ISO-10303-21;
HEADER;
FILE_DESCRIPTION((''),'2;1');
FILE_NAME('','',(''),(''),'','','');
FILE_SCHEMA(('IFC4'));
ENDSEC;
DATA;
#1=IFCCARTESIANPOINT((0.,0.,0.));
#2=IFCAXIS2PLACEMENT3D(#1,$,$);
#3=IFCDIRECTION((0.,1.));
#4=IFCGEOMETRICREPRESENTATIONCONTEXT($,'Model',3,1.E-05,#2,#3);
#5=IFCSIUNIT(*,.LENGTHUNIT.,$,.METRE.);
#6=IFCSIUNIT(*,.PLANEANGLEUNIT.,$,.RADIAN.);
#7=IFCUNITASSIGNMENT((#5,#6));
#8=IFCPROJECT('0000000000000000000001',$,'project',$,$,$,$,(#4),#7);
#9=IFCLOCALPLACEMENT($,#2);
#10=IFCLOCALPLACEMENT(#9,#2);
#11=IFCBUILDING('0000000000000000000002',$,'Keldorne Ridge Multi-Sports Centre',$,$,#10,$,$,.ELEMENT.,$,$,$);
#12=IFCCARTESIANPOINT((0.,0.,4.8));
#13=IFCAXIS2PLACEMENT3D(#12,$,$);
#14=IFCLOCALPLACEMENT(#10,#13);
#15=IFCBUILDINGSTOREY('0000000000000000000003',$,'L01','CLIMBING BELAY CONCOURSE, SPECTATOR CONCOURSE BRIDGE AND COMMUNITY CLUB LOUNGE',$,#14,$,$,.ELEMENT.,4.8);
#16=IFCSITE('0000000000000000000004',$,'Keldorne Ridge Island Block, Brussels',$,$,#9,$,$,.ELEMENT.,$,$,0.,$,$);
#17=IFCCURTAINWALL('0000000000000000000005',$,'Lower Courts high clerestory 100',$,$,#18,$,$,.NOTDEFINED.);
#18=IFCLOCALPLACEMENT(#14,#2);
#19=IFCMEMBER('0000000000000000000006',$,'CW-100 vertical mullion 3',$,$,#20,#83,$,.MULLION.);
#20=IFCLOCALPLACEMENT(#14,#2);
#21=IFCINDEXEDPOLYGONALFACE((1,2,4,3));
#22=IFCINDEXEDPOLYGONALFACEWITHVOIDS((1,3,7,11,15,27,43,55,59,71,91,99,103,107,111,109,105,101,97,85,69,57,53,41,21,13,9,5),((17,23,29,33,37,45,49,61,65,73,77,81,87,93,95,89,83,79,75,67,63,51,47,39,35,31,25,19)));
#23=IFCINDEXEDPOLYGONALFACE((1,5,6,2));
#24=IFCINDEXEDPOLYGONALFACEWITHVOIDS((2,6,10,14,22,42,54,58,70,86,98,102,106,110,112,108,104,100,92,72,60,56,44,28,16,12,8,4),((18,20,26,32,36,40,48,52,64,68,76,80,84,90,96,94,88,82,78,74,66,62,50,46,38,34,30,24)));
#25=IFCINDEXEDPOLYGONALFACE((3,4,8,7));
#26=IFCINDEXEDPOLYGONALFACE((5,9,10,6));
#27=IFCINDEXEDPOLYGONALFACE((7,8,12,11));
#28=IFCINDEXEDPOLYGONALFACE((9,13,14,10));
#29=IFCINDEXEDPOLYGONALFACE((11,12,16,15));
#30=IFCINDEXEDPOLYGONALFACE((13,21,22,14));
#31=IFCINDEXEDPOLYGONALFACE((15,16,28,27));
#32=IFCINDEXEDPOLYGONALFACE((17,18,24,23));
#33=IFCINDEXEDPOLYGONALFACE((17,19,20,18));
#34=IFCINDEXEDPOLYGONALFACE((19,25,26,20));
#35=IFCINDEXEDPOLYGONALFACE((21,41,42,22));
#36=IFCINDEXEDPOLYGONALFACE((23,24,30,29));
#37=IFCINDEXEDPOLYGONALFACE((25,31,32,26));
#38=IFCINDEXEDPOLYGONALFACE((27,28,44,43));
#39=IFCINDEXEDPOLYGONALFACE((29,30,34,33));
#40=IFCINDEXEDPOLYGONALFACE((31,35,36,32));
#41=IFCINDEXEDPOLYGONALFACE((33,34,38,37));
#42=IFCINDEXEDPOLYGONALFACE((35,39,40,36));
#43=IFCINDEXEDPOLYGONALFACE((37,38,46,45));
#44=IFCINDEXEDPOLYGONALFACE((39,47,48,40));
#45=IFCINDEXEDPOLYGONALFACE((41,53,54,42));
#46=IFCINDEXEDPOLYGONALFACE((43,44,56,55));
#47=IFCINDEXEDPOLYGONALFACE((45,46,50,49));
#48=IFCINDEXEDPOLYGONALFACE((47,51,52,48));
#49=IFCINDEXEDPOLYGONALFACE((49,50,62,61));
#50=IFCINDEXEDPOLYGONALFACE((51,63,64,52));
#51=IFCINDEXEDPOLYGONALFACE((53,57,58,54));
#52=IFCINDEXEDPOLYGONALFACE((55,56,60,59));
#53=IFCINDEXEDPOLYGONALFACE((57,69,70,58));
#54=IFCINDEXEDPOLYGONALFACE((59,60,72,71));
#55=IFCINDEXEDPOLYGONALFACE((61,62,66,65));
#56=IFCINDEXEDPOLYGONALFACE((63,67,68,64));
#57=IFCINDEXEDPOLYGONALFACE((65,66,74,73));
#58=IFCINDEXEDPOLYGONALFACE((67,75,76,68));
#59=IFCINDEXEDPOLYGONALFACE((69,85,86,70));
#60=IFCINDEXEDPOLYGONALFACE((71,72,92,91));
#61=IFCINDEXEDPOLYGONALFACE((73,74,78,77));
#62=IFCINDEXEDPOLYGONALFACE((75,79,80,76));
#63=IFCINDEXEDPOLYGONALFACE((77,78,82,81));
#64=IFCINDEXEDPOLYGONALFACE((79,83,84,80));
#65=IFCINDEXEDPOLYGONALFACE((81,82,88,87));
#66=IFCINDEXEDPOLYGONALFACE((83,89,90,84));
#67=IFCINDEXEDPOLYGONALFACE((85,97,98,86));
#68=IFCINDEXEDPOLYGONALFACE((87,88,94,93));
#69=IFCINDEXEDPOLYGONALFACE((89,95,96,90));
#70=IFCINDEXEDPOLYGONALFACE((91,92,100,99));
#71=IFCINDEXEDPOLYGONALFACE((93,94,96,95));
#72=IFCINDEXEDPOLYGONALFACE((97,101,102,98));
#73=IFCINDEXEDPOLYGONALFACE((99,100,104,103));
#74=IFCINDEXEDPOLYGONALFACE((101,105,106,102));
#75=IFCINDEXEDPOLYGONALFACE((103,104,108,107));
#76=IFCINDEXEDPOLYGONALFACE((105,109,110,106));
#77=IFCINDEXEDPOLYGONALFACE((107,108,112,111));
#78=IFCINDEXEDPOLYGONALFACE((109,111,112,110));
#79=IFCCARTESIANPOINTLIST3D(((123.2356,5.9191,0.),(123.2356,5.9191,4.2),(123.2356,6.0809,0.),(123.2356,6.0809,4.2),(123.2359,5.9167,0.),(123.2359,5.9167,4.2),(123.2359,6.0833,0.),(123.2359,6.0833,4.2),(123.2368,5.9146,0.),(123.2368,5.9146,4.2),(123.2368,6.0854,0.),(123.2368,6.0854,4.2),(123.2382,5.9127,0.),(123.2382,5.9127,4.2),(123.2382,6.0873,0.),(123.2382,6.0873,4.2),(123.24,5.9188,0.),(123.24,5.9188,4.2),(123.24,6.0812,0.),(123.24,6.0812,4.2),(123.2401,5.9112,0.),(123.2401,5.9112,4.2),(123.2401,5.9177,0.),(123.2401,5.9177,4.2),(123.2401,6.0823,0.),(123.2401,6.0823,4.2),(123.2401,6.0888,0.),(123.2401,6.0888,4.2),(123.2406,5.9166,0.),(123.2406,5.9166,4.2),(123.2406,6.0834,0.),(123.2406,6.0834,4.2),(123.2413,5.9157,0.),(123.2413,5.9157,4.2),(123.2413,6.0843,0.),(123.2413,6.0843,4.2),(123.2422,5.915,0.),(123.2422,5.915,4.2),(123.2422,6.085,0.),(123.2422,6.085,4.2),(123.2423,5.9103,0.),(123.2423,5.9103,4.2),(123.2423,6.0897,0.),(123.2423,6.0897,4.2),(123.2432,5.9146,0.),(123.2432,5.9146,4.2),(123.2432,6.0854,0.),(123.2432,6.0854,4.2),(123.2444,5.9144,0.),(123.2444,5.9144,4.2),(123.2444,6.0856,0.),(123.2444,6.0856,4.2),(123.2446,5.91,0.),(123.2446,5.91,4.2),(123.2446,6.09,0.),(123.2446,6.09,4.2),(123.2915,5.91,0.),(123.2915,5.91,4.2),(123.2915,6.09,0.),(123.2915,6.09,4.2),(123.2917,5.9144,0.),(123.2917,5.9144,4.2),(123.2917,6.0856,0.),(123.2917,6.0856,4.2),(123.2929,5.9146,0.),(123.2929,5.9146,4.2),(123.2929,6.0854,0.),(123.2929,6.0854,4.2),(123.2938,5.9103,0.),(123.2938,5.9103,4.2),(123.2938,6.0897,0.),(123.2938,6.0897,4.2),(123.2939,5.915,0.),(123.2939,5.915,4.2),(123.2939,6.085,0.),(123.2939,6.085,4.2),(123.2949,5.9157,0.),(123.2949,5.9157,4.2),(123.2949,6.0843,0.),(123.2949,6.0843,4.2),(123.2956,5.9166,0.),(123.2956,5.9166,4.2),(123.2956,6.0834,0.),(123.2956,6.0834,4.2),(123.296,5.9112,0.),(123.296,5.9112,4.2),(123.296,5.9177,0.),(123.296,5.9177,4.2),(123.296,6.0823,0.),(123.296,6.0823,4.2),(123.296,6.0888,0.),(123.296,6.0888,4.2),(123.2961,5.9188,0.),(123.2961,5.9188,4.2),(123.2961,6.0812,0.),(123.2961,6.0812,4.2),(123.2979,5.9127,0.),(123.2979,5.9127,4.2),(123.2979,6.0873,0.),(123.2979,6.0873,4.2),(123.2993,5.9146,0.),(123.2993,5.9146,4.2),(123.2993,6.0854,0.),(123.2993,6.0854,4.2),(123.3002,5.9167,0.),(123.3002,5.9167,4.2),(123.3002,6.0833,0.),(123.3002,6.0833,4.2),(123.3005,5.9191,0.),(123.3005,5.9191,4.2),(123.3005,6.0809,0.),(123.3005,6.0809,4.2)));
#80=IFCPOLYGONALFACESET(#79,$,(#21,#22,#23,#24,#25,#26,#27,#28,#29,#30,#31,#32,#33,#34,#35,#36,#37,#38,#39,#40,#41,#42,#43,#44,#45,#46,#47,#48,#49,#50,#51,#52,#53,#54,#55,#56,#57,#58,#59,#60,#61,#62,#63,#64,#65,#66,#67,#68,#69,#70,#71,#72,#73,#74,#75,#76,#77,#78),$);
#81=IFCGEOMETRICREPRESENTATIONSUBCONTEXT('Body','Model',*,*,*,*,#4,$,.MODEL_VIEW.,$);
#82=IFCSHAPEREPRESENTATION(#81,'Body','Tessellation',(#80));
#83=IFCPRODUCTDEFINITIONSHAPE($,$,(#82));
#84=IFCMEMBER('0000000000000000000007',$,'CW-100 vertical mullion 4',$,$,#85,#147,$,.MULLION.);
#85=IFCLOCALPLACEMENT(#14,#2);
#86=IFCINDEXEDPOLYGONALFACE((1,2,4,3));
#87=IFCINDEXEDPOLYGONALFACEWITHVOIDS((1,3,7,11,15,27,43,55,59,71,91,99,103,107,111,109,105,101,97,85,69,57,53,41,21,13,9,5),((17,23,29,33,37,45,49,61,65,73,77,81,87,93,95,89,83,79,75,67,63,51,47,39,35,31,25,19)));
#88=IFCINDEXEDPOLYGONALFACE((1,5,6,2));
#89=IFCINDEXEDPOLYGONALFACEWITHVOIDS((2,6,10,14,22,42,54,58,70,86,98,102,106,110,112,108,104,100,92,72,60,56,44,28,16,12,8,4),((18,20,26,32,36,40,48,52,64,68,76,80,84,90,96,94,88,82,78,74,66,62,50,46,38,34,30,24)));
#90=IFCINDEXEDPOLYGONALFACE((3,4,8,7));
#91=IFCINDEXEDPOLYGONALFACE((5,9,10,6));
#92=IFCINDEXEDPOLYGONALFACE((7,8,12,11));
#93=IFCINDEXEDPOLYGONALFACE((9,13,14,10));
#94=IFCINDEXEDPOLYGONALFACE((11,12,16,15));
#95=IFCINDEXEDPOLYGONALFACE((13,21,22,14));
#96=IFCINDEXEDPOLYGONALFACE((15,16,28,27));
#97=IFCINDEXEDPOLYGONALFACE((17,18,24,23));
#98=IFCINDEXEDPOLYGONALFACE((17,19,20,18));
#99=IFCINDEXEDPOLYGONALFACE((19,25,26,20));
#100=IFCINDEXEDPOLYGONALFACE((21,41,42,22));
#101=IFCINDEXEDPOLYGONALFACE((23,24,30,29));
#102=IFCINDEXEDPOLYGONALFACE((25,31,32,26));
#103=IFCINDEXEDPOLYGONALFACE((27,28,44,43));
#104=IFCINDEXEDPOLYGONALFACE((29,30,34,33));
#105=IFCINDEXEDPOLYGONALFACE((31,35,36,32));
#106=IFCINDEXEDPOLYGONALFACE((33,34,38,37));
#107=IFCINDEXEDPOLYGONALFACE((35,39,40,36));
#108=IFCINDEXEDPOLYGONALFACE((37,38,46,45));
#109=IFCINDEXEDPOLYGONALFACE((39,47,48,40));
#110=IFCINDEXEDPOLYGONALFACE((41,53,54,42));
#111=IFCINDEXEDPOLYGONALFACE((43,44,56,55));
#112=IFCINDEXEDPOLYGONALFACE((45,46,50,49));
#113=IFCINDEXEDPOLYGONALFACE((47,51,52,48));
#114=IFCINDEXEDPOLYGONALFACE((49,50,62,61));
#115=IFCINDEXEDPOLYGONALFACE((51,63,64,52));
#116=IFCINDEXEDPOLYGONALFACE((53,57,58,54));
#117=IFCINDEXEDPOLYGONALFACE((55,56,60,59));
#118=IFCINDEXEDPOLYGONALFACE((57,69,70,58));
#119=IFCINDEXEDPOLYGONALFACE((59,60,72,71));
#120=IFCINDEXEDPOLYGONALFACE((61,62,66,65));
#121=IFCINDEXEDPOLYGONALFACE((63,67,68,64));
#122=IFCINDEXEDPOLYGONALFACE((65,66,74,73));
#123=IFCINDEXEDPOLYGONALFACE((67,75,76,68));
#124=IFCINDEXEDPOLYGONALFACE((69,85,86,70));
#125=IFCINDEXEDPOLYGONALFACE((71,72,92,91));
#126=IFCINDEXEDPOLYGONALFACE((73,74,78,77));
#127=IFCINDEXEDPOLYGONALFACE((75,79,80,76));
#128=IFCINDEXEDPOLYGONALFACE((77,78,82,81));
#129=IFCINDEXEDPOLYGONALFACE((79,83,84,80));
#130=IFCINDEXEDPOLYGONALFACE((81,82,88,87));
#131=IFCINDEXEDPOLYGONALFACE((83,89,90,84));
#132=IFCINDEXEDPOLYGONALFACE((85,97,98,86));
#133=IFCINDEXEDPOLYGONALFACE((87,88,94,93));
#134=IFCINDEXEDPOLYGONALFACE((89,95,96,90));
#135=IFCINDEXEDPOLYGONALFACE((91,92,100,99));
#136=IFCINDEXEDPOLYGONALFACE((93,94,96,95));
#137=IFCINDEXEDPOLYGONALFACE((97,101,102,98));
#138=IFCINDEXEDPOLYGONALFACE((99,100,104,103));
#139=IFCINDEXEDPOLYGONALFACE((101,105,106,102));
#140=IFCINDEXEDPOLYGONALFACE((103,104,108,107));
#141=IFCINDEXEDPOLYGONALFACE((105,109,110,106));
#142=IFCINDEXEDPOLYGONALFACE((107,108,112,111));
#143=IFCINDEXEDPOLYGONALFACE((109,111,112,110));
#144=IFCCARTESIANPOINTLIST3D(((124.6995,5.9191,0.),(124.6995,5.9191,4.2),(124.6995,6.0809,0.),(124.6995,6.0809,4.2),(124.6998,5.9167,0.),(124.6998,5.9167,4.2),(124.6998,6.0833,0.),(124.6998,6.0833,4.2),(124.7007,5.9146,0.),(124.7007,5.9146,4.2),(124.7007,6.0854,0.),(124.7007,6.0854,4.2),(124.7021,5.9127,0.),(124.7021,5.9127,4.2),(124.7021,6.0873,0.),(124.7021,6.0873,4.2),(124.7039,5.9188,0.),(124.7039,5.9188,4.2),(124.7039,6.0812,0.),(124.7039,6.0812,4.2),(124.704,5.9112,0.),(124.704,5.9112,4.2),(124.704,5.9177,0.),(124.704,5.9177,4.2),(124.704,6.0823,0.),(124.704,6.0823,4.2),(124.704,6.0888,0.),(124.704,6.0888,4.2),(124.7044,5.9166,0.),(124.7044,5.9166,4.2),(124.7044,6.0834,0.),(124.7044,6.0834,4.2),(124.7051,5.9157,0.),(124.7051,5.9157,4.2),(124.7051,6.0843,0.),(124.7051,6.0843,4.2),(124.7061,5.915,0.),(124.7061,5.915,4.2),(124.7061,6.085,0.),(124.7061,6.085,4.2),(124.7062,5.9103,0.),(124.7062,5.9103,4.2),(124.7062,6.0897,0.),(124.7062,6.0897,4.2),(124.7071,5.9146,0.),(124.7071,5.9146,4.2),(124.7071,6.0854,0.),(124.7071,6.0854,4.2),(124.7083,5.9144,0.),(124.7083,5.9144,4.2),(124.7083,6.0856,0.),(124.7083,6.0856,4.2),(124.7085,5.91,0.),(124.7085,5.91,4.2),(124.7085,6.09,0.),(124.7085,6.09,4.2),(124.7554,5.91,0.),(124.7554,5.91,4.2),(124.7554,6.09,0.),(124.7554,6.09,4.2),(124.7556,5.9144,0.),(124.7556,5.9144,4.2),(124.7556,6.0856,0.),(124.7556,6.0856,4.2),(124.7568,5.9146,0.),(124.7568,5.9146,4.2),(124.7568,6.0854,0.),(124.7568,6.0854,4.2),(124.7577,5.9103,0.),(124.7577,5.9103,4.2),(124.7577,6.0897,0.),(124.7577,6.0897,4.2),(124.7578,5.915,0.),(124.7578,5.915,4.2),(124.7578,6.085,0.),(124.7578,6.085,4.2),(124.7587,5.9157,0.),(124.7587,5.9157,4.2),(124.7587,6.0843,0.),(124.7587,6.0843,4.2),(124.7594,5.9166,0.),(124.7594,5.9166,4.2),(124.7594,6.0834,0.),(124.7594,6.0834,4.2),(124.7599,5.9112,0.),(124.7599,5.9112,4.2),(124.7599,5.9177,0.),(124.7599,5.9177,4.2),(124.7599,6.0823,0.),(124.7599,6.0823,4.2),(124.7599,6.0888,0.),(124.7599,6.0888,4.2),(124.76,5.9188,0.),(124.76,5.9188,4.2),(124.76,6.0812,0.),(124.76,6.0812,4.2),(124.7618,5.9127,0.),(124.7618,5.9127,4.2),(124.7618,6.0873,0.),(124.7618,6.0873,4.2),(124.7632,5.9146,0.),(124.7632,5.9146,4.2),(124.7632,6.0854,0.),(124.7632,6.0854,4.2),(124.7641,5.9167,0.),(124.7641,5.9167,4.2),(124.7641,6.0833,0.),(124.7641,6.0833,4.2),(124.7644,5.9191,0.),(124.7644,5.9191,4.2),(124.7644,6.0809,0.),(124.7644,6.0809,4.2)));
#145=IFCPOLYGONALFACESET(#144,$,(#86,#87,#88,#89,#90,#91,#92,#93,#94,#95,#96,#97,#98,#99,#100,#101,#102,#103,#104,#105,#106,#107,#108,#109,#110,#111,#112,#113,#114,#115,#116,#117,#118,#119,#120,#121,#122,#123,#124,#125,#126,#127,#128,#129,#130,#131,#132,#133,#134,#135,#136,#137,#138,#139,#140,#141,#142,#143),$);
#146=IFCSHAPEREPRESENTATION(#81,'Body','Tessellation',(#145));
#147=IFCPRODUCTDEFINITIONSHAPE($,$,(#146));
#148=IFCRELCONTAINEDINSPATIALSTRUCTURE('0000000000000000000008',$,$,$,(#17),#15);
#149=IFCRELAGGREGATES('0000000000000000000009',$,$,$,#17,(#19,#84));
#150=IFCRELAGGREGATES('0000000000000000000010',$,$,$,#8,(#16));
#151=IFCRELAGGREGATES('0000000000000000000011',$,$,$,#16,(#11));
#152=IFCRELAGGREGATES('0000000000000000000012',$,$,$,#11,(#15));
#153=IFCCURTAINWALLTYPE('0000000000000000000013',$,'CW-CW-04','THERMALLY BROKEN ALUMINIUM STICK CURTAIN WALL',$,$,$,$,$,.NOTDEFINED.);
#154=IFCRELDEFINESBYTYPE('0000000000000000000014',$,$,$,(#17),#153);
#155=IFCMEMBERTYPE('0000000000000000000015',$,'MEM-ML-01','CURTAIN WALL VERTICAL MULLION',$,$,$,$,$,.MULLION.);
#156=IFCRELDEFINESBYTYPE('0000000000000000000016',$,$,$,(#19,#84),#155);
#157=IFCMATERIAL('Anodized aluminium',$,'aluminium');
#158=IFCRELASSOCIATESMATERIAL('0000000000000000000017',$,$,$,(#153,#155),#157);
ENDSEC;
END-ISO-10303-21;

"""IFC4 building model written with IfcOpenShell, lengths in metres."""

from ifc_helpers import new_model, si_unit, direction, frame, origin, origin_2d, place, context, subcontext, project, spatial, hollow_rectangle, extrude, material, material_profile, profile_set, type_object, element, aggregate, save


model = new_model("IFC4")

# Units and contexts
model_context = context("Model", 3, precision=1e-05, world=origin(), true_north=direction((0.0, 1.0)))
body_context = subcontext(model_context, "Body", "Model", "MODEL_VIEW")
ifc_project = project(units=[si_unit("LENGTHUNIT", "METRE"), si_unit("PLANEANGLEUNIT", "RADIAN")], contexts=[model_context])

# Site, building, storey
site_placement = place(None, origin())
site = spatial("IfcSite", under=ifc_project, at=site_placement, Name="Keldorne Ridge Island Block, Brussels", CompositionType="ELEMENT", RefElevation=0.0)
building_placement = place(site_placement, origin())
building = spatial("IfcBuilding", under=site, at=building_placement, Name="Keldorne Ridge Multi-Sports Centre", CompositionType="ELEMENT")
storey_placement = place(building_placement, frame((0.0, 0.0, 4.8)))
storey = spatial("IfcBuildingStorey", under=building, at=storey_placement, Name="L01", Description="CLIMBING BELAY CONCOURSE, SPECTATOR CONCOURSE BRIDGE AND COMMUNITY CLUB LOUNGE", CompositionType="ELEMENT", Elevation=4.8)

# Curtain wall, members
ifc_material_1 = material(Name="Anodized aluminium", Category="aluminium")
curtain_wall_type = type_object("IfcCurtainWallType", Name="CW-CW-04", Description="THERMALLY BROKEN ALUMINIUM STICK CURTAIN WALL", PredefinedType="NOTDEFINED", material=ifc_material_1)
curtain_wall_placement = place(storey_placement, origin())
curtain_wall = element("IfcCurtainWall", 1, at=curtain_wall_placement, inside=storey, type_object=curtain_wall_type, Name="Lower Courts high clerestory 100", PredefinedType="NOTDEFINED")
ifc_material_profile_1 = material_profile(ifc_material_1, hollow_rectangle(XDim=0.0649, YDim=0.1799, WallThickness=0.0044, InnerFilletRadius=0.0044, OuterFilletRadius=0.009, at=origin_2d()), Name="ALU MULLION 180x65x4.5")
ifc_profile_set_1 = profile_set([ifc_material_profile_1], Name="Anodized aluminium")
member_type_1 = type_object("IfcMemberType", Name="MEM-ML-01", Description="CURTAIN WALL VERTICAL MULLION", PredefinedType="MULLION", material=ifc_profile_set_1)
member_1_placement = place(storey_placement, frame((123.2681, 6.0, 0.0), z_axis=(0.0, 0.0, 1.0), x_axis=(1.0, 0.0, 0.0)))
member_1 = element("IfcMember", 2, at=member_1_placement, type_object=member_type_1, Name="CW-100 vertical mullion 3", PredefinedType="MULLION", context=body_context, shape_type="SweptSolid", body=[
    extrude(hollow_rectangle(XDim=0.0649, YDim=0.1799, WallThickness=0.0044, InnerFilletRadius=0.0044, OuterFilletRadius=0.009, at=origin_2d()), origin(), (0.0, 0.0, 1.0), 4.2),
])
member_2_placement = place(storey_placement, frame((124.7319, 6.0, 0.0), z_axis=(0.0, 0.0, 1.0), x_axis=(1.0, 0.0, 0.0)))
member_2 = element("IfcMember", 3, at=member_2_placement, type_object=member_type_1, Name="CW-100 vertical mullion 4", PredefinedType="MULLION", context=body_context, shape_type="SweptSolid", body=[
    extrude(hollow_rectangle(XDim=0.0649, YDim=0.1799, WallThickness=0.0044, InnerFilletRadius=0.0044, OuterFilletRadius=0.009, at=origin_2d()), origin(), (0.0, 0.0, 1.0), 4.2),
])

aggregate(curtain_wall, [member_1, member_2])

save(model, "model.ifc")
